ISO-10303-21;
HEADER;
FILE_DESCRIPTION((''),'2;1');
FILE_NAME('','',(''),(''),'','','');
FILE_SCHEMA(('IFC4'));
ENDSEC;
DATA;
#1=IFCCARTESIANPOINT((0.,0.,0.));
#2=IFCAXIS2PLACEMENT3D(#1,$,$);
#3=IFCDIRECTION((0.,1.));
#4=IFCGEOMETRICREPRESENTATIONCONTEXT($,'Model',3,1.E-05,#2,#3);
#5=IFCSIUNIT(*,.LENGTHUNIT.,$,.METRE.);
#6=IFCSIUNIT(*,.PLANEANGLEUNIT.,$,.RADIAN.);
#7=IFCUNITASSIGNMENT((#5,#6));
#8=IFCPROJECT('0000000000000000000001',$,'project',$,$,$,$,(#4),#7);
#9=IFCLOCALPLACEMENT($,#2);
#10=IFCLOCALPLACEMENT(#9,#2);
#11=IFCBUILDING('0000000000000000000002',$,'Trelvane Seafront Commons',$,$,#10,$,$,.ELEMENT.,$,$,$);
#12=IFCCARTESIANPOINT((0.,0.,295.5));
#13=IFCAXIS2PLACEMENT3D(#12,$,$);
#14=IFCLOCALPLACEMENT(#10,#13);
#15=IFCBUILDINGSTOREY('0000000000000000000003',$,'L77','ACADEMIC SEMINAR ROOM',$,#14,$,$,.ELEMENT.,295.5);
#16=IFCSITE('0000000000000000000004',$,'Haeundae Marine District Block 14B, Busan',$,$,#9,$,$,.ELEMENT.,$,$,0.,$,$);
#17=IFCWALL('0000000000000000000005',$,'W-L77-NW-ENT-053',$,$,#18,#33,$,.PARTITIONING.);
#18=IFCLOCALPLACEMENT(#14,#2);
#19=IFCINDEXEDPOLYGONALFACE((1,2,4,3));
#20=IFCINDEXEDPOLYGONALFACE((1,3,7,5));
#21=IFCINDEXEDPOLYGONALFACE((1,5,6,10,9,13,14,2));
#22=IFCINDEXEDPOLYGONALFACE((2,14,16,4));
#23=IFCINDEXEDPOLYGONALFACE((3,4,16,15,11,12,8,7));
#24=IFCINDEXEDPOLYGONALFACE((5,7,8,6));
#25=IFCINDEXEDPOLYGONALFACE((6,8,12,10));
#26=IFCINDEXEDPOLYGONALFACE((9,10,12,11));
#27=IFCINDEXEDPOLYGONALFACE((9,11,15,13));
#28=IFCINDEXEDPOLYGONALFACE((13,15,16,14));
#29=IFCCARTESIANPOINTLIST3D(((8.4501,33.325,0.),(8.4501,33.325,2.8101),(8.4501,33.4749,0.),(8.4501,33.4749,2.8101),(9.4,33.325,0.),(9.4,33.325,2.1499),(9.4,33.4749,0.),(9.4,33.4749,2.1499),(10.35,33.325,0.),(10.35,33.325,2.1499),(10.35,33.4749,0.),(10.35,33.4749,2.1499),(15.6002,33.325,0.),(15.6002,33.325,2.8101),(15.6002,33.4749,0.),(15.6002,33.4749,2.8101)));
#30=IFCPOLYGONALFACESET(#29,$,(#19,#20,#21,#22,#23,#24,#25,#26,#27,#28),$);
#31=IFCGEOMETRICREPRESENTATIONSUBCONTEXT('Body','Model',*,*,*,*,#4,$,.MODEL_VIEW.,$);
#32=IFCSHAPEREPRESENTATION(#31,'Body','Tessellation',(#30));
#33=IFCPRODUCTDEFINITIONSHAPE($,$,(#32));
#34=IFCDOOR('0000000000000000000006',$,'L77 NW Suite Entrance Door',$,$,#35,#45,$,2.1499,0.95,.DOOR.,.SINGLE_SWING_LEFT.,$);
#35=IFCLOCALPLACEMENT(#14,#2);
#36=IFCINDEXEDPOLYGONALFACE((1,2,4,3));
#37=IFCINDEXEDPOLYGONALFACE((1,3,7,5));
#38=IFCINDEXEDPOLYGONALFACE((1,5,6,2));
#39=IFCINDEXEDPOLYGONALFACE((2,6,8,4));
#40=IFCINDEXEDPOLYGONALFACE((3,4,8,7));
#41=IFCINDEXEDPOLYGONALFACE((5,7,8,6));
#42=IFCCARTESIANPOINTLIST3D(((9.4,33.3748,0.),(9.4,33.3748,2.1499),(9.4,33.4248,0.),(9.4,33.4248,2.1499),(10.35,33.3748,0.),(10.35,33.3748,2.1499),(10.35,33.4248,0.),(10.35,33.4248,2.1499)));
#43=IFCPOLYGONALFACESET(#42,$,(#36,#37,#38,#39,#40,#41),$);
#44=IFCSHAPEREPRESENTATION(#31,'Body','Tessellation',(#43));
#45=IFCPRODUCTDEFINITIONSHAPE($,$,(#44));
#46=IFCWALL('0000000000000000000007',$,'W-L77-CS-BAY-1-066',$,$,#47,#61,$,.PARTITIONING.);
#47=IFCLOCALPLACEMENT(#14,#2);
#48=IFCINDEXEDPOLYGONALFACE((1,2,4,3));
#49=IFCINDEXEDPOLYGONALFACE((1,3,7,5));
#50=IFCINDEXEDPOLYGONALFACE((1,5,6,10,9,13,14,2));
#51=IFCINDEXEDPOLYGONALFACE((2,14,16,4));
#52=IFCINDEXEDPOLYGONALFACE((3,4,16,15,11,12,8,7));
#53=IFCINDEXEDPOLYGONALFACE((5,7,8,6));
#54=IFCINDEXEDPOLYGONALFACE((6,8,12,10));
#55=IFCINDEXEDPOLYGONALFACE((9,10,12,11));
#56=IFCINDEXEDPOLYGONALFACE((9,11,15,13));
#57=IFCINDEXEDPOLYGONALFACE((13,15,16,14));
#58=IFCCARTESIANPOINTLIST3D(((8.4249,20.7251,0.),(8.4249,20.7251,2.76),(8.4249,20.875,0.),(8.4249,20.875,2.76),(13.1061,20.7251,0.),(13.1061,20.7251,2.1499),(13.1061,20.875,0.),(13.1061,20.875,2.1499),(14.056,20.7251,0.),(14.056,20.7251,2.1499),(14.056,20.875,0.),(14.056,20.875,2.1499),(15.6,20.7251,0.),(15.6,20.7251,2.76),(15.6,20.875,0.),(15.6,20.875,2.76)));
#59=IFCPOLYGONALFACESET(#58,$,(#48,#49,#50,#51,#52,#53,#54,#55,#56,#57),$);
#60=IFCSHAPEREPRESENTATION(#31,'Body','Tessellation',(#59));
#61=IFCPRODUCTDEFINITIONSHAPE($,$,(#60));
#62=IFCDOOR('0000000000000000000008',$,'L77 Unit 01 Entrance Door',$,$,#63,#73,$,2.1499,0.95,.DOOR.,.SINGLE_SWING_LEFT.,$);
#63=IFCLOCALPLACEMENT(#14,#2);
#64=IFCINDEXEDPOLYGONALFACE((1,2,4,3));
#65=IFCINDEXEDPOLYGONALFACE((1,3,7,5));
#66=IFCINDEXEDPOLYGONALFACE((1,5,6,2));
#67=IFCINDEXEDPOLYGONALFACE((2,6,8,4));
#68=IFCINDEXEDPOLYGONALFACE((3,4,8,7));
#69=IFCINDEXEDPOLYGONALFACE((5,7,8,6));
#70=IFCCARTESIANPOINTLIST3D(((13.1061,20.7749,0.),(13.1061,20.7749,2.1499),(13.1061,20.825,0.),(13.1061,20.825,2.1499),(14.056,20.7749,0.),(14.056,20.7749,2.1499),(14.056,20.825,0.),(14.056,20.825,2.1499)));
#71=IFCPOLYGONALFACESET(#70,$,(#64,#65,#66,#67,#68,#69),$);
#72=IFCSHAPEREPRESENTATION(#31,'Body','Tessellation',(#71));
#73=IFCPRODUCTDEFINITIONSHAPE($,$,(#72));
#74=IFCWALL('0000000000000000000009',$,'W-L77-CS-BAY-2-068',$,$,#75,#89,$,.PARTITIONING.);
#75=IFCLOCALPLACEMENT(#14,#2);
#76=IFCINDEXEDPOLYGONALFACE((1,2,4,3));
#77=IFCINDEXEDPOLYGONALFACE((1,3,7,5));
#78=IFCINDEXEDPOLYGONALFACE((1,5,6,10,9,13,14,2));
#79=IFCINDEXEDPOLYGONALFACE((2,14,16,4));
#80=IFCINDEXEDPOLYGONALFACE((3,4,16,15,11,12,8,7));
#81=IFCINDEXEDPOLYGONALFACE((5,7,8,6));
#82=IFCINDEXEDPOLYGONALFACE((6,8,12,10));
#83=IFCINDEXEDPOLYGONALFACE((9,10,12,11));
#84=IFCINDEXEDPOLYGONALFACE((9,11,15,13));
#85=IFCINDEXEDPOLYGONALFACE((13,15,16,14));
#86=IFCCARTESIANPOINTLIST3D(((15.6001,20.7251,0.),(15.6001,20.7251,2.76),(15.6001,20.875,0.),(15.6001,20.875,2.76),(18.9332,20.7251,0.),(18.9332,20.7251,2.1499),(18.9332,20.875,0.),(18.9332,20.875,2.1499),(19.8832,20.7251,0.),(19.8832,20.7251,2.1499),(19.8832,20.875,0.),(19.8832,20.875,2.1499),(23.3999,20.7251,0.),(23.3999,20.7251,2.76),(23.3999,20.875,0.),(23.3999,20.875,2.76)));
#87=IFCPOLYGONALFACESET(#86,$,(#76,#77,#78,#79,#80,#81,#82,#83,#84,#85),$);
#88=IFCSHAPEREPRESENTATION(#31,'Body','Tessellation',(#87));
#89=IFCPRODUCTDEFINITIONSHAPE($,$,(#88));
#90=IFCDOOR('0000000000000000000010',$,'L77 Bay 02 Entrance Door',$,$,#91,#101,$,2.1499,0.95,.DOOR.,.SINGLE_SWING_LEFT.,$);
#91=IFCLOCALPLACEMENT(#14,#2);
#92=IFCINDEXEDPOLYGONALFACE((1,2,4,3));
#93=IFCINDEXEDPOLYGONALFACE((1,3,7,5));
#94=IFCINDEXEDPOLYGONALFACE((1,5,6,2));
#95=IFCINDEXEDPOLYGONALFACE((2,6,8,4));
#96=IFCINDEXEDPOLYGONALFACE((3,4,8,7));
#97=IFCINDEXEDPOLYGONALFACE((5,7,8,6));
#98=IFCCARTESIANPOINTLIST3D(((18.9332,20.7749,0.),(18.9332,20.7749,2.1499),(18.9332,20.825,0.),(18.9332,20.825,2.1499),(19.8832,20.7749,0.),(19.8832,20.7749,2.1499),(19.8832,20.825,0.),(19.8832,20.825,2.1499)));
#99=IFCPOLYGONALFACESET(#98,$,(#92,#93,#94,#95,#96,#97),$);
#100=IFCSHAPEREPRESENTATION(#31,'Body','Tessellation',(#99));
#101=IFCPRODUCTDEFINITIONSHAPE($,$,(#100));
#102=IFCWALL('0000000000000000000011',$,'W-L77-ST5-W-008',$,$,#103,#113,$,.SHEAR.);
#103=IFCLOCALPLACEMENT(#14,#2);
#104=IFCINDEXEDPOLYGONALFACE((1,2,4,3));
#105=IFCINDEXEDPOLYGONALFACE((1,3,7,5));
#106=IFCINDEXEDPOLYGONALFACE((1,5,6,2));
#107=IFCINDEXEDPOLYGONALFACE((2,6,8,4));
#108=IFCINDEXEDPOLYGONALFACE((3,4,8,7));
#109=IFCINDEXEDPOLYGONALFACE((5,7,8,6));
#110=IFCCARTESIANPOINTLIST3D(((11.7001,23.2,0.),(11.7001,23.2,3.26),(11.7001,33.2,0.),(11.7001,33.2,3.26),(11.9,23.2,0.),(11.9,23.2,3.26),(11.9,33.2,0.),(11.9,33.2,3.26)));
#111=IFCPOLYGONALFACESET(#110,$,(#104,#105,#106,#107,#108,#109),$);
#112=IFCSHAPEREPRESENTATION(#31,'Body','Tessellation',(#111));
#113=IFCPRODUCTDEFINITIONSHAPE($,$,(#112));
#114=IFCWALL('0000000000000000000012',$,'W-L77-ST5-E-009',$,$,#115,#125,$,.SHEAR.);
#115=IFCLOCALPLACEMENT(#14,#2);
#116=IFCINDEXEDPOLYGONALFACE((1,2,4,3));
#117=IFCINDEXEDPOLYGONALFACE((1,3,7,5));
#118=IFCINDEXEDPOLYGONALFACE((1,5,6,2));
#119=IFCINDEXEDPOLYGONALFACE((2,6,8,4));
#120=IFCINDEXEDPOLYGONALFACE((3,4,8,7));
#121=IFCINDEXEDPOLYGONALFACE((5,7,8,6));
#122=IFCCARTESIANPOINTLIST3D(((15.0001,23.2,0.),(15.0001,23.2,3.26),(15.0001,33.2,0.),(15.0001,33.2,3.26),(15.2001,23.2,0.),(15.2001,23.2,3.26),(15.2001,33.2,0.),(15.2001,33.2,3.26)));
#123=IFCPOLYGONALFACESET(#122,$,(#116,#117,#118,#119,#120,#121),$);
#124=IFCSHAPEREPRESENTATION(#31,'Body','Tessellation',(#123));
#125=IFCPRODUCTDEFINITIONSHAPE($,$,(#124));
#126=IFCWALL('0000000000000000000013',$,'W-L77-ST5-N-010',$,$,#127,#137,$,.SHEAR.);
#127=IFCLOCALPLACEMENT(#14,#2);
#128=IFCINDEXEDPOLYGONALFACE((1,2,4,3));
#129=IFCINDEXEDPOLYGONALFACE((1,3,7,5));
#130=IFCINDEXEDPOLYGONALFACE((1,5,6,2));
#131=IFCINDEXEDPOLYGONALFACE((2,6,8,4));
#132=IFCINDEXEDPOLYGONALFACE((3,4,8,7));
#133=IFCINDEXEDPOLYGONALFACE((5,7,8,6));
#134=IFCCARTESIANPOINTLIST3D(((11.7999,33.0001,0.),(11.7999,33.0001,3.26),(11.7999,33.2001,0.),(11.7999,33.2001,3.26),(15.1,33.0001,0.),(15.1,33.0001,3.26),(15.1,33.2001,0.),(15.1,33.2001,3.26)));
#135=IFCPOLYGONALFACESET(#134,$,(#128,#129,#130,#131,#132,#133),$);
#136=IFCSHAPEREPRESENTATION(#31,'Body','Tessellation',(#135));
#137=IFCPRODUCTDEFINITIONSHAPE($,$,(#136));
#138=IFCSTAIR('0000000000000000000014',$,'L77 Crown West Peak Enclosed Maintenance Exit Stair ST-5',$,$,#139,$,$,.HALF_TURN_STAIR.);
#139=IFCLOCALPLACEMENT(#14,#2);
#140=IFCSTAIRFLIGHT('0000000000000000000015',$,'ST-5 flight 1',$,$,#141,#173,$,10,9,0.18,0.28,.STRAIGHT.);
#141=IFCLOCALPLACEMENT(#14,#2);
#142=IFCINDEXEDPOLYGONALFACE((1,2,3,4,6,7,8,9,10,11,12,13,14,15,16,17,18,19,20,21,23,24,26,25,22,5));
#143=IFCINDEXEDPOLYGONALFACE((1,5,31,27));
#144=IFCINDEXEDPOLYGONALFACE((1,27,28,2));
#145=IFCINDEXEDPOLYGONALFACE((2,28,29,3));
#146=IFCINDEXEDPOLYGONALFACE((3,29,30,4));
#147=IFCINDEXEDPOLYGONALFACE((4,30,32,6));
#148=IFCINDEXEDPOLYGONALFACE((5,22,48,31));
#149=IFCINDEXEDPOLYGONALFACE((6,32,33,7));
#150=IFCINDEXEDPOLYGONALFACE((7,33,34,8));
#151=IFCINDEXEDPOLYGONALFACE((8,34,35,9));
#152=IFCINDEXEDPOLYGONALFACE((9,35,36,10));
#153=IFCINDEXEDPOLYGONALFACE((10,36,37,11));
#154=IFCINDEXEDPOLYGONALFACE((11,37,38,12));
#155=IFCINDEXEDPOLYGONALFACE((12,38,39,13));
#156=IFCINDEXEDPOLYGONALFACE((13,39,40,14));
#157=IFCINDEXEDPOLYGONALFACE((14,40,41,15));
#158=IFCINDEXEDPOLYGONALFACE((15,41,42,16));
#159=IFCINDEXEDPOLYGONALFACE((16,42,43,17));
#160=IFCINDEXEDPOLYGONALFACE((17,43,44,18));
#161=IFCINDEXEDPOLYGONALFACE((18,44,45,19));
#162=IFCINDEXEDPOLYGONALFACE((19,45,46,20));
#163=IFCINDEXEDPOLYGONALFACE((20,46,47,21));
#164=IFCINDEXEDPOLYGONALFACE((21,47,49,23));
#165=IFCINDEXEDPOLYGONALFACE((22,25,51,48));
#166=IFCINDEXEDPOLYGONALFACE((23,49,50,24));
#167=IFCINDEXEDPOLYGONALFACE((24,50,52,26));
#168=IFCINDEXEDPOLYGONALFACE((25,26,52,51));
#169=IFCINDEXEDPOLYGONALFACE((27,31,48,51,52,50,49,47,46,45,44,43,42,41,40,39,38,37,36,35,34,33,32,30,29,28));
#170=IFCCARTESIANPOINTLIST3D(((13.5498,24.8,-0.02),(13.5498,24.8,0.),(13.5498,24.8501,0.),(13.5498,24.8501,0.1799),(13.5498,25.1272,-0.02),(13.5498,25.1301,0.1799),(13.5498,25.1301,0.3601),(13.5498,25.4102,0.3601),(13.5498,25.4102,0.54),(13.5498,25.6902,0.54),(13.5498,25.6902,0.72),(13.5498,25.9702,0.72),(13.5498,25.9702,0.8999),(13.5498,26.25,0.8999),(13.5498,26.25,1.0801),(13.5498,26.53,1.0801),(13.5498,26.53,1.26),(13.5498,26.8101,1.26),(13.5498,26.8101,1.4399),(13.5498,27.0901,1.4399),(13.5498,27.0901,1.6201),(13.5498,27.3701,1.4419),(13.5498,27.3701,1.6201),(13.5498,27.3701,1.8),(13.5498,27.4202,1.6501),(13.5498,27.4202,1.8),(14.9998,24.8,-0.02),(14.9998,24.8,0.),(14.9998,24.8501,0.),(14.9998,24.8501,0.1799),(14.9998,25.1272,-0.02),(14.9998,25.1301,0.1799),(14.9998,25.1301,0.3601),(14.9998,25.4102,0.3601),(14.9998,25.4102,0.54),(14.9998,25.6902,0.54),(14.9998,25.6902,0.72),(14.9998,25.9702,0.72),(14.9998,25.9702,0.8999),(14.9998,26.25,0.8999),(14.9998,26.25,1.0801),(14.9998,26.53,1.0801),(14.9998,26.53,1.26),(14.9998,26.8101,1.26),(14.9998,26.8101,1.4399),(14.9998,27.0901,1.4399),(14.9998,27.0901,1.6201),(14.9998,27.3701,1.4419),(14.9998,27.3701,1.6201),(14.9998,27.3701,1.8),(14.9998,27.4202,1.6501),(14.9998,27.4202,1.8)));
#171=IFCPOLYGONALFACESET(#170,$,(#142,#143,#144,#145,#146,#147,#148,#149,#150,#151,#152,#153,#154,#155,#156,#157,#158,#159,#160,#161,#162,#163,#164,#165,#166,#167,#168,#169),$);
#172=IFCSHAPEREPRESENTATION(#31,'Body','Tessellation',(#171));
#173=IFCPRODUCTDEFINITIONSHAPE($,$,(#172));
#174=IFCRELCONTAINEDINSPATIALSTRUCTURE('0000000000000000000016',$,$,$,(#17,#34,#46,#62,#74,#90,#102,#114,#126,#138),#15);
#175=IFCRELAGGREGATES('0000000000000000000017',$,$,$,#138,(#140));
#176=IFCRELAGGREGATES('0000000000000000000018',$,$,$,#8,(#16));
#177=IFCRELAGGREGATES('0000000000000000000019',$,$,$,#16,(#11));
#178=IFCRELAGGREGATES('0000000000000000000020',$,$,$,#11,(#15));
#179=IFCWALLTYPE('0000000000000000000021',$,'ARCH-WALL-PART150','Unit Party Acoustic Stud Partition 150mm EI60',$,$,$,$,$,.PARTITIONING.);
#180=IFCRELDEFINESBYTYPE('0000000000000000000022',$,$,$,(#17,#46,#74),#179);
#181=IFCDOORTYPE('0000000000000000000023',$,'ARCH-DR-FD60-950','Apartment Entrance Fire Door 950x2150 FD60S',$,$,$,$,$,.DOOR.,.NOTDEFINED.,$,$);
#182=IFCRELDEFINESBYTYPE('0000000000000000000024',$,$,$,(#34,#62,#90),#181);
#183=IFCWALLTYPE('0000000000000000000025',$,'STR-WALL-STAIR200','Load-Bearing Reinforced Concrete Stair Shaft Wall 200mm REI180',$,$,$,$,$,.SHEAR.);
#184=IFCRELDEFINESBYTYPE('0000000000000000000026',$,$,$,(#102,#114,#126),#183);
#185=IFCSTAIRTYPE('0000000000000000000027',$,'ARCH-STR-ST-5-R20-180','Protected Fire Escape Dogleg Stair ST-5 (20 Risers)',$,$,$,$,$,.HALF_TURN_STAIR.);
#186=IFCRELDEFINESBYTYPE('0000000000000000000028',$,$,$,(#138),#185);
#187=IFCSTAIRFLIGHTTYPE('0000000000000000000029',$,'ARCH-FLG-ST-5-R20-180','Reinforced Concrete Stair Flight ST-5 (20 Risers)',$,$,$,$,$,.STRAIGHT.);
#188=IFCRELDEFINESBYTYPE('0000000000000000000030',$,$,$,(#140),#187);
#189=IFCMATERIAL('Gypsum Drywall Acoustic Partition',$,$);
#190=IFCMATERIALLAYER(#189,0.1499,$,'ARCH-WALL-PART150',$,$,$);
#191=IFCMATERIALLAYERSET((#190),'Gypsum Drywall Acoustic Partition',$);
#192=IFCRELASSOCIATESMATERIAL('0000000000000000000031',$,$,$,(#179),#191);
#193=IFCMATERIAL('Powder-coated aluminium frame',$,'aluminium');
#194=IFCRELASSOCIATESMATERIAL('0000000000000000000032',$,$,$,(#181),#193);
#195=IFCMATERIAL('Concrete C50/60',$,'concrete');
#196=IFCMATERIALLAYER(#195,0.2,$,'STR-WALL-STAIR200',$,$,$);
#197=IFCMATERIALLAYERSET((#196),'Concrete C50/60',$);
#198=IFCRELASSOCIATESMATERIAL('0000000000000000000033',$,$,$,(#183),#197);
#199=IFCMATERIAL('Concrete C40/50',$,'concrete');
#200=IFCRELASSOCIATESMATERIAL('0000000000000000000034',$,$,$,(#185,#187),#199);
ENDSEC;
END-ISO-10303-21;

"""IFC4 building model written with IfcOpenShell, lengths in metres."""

from ifc_helpers import new_model, si_unit, direction, frame, frame_2d, origin, place, context, subcontext, project, spatial, polyline, rectangle, outline, extrude, source, transform, mapped, material, layer, layer_set, type_object, element, fill, aggregate, save


model = new_model("IFC4")

# Units and contexts
model_context = context("Model", 3, precision=1e-05, world=origin(), true_north=direction((0.0, 1.0)))
body_context = subcontext(model_context, "Body", "Model", "MODEL_VIEW")
ifc_project = project(units=[si_unit("LENGTHUNIT", "METRE"), si_unit("PLANEANGLEUNIT", "RADIAN")], contexts=[model_context])

# Site, building, storey
site_placement = place(None, origin())
site = spatial("IfcSite", under=ifc_project, at=site_placement, Name="Haeundae Marine District Block 14B, Busan", CompositionType="ELEMENT", RefElevation=0.0)
building_placement = place(site_placement, origin())
building = spatial("IfcBuilding", under=site, at=building_placement, Name="Trelvane Seafront Commons", CompositionType="ELEMENT")
storey_placement = place(building_placement, frame((0.0, 0.0, 295.5)))
storey = spatial("IfcBuildingStorey", under=building, at=storey_placement, Name="L77", Description="ACADEMIC SEMINAR ROOM", CompositionType="ELEMENT", Elevation=295.5)

# Shared definitions
ifc_material_1 = material(Name="Concrete C50/60", Category="concrete")

# Walls, openings, doors
ifc_material_2 = material(Name="Gypsum Drywall Acoustic Partition")
ifc_layer_1 = layer(ifc_material_2, 0.1499, Name="ARCH-WALL-PART150")
ifc_layer_set_1 = layer_set([ifc_layer_1], Name="Gypsum Drywall Acoustic Partition")
wall_type_1 = type_object("IfcWallType", Name="ARCH-WALL-PART150", Description="Unit Party Acoustic Stud Partition 150mm EI60", PredefinedType="PARTITIONING", material=ifc_layer_set_1)
shared_shape_1 = source(origin(), body_context, "Body", "SweptSolid", [
    extrude(rectangle(XDim=0.95, YDim=2.1499, at=frame_2d((0.4751, 1.075))), frame((0.0, 0.0249, 0.0), z_axis=(0.0, -1.0, 0.0), x_axis=(1.0, 0.0, 0.0)), (0.0, 0.0, 1.0), 0.05),
])
wall_1_placement = place(storey_placement, frame((8.45, 33.3999, 0.0), z_axis=(0.0, 0.0, 1.0), x_axis=(1.0, 0.0, 0.0)))
wall_1 = element("IfcWall", 1, at=wall_1_placement, inside=storey, type_object=wall_type_1, Name="W-L77-NW-ENT-053", PredefinedType="PARTITIONING", context=body_context, shape_type="SweptSolid", body=[
    extrude(rectangle(XDim=7.1501, YDim=0.1499, at=frame_2d((3.5752, 0.0))), origin(), (0.0, 0.0, 1.0), 2.8101),
])
opening_1_placement = place(wall_1_placement, frame((0.95, 0.0, 0.0)))
opening_1 = element("IfcOpeningElement", 2, at=opening_1_placement, cuts=wall_1, PredefinedType="OPENING", context=body_context, shape_type="SweptSolid", body=[
    extrude(rectangle(XDim=0.95, YDim=2.1499, at=frame_2d((0.4751, 1.075))), frame((0.0, 0.085, 0.0), z_axis=(0.0, -1.0, 0.0), x_axis=(1.0, 0.0, 0.0)), (0.0, 0.0, 1.0), 0.1699),
])
ifc_material_3 = material(Name="Powder-coated aluminium frame", Category="aluminium")
door_type_1 = type_object("IfcDoorType", Name="ARCH-DR-FD60-950", Description="Apartment Entrance Fire Door 950x2150 FD60S", OperationType="NOTDEFINED", PredefinedType="DOOR", material=ifc_material_3)
door_1_placement = place(opening_1_placement, origin())
door_1 = element("IfcDoor", 3, at=door_1_placement, inside=storey, type_object=door_type_1, Name="L77 NW Suite Entrance Door", OperationType="SINGLE_SWING_LEFT", OverallHeight=2.1499, OverallWidth=0.95, PredefinedType="DOOR", context=body_context, shape_type="MappedRepresentation", body=[
    mapped(shared_shape_1, transform((0.0, 0.0, 0.0), x_axis=(1.0, 0.0, 0.0), y_axis=(0.0, 1.0, 0.0), z_axis=(0.0, 0.0, 1.0), scale=1.0)),
])
fill(opening_1, door_1)
wall_2_placement = place(storey_placement, frame((8.425, 20.8, 0.0), z_axis=(0.0, 0.0, 1.0), x_axis=(1.0, 0.0, 0.0)))
wall_2 = element("IfcWall", 4, at=wall_2_placement, inside=storey, type_object=wall_type_1, Name="W-L77-CS-BAY-1-066", PredefinedType="PARTITIONING", context=body_context, shape_type="SweptSolid", body=[
    extrude(rectangle(XDim=7.175, YDim=0.1499, at=frame_2d((3.5874, 0.0))), origin(), (0.0, 0.0, 1.0), 2.76),
])
opening_2_placement = place(wall_2_placement, frame((4.6809, 0.0, 0.0)))
opening_2 = element("IfcOpeningElement", 5, at=opening_2_placement, cuts=wall_2, PredefinedType="OPENING", context=body_context, shape_type="SweptSolid", body=[
    extrude(rectangle(XDim=0.95, YDim=2.1499, at=frame_2d((0.4751, 1.075))), frame((0.0, 0.085, 0.0), z_axis=(0.0, -1.0, 0.0), x_axis=(1.0, 0.0, 0.0)), (0.0, 0.0, 1.0), 0.1699),
])
door_2_placement = place(opening_2_placement, origin())
door_2 = element("IfcDoor", 6, at=door_2_placement, inside=storey, type_object=door_type_1, Name="L77 Unit 01 Entrance Door", OperationType="SINGLE_SWING_LEFT", OverallHeight=2.1499, OverallWidth=0.95, PredefinedType="DOOR", context=body_context, shape_type="MappedRepresentation", body=[
    mapped(shared_shape_1, transform((0.0, 0.0, 0.0), x_axis=(1.0, 0.0, 0.0), y_axis=(0.0, 1.0, 0.0), z_axis=(0.0, 0.0, 1.0), scale=1.0)),
])
fill(opening_2, door_2)
wall_3_placement = place(storey_placement, frame((15.6001, 20.8, 0.0), z_axis=(0.0, 0.0, 1.0), x_axis=(1.0, 0.0, 0.0)))
wall_3 = element("IfcWall", 7, at=wall_3_placement, inside=storey, type_object=wall_type_1, Name="W-L77-CS-BAY-2-068", PredefinedType="PARTITIONING", context=body_context, shape_type="SweptSolid", body=[
    extrude(rectangle(XDim=7.7998, YDim=0.1499, at=frame_2d((3.8999, 0.0))), origin(), (0.0, 0.0, 1.0), 2.76),
])
opening_3_placement = place(wall_3_placement, frame((3.333, 0.0, 0.0)))
opening_3 = element("IfcOpeningElement", 8, at=opening_3_placement, cuts=wall_3, PredefinedType="OPENING", context=body_context, shape_type="SweptSolid", body=[
    extrude(rectangle(XDim=0.95, YDim=2.1499, at=frame_2d((0.4751, 1.075))), frame((0.0, 0.085, 0.0), z_axis=(0.0, -1.0, 0.0), x_axis=(1.0, 0.0, 0.0)), (0.0, 0.0, 1.0), 0.1699),
])
door_3_placement = place(opening_3_placement, origin())
door_3 = element("IfcDoor", 9, at=door_3_placement, inside=storey, type_object=door_type_1, Name="L77 Bay 02 Entrance Door", OperationType="SINGLE_SWING_LEFT", OverallHeight=2.1499, OverallWidth=0.95, PredefinedType="DOOR", context=body_context, shape_type="MappedRepresentation", body=[
    mapped(shared_shape_1, transform((0.0, 0.0, 0.0), x_axis=(1.0, 0.0, 0.0), y_axis=(0.0, 1.0, 0.0), z_axis=(0.0, 0.0, 1.0), scale=1.0)),
])
fill(opening_3, door_3)

# Walls
ifc_layer_2 = layer(ifc_material_1, 0.2, Name="STR-WALL-STAIR200")
ifc_layer_set_2 = layer_set([ifc_layer_2], Name="Concrete C50/60")
wall_type_2 = type_object("IfcWallType", Name="STR-WALL-STAIR200", Description="Load-Bearing Reinforced Concrete Stair Shaft Wall 200mm REI180", PredefinedType="SHEAR", material=ifc_layer_set_2)
for number, where, z_axis, x_axis, name in (
    (10, (11.8, 23.2, 0.0), (0.0, 0.0, 1.0), (0.0, 1.0, 0.0), "W-L77-ST5-W-008"),
    (11, (15.1001, 23.2, 0.0), (0.0, 0.0, 1.0), (0.0, 1.0, 0.0), "W-L77-ST5-E-009"),
):
    element("IfcWall", number, at=place(storey_placement, frame(where, z_axis=z_axis, x_axis=x_axis)), inside=storey, type_object=wall_type_2, Name=name, PredefinedType="SHEAR", context=body_context, shape_type="SweptSolid", body=[
        extrude(rectangle(XDim=10.0, YDim=0.2, at=frame_2d((5.0, 0.0))), origin(), (0.0, 0.0, 1.0), 3.26),
    ])
wall_4_placement = place(storey_placement, frame((11.8, 33.1001, 0.0), z_axis=(0.0, 0.0, 1.0), x_axis=(1.0, 0.0, 0.0)))
element("IfcWall", 12, at=wall_4_placement, inside=storey, type_object=wall_type_2, Name="W-L77-ST5-N-010", PredefinedType="SHEAR", context=body_context, shape_type="SweptSolid", body=[
    extrude(rectangle(XDim=3.3, YDim=0.2, at=frame_2d((1.6499, 0.0))), origin(), (0.0, 0.0, 1.0), 3.26),
])

# Stair, stair flight
ifc_material_4 = material(Name="Concrete C40/50", Category="concrete")
stair_type = type_object("IfcStairType", Name="ARCH-STR-ST-5-R20-180", Description="Protected Fire Escape Dogleg Stair ST-5 (20 Risers)", PredefinedType="HALF_TURN_STAIR", material=ifc_material_4)
stair_placement = place(storey_placement, origin())
stair = element("IfcStair", 13, at=stair_placement, inside=storey, type_object=stair_type, Name="L77 Crown West Peak Enclosed Maintenance Exit Stair ST-5", PredefinedType="HALF_TURN_STAIR")
stair_flight_type = type_object("IfcStairFlightType", Name="ARCH-FLG-ST-5-R20-180", Description="Reinforced Concrete Stair Flight ST-5 (20 Risers)", PredefinedType="STRAIGHT", material=ifc_material_4)
shared_shape_2 = source(origin(), body_context, "Body", "SweptSolid", [
    extrude(outline(polyline([(-0.05, -0.02), (-0.05, 0.0), (0.0, 0.0), (0.0, 0.1799), (0.28, 0.1799), (0.28, 0.3601), (0.5601, 0.3601), (0.5601, 0.54), (0.8401, 0.54), (0.8401, 0.72), (1.1201, 0.72), (1.1201, 0.8999), (1.3999, 0.8999), (1.3999, 1.0801), (1.6799, 1.0801), (1.6799, 1.26), (1.96, 1.26), (1.96, 1.4399), (2.24, 1.4399), (2.24, 1.6201), (2.52, 1.6201), (2.52, 1.8), (2.5701, 1.8), (2.5701, 1.6501), (2.52, 1.4419), (0.2771, -0.02), (-0.05, -0.02)])), frame((0.0, 0.7251, 0.0), z_axis=(0.0, -1.0, 0.0), x_axis=(1.0, 0.0, 0.0)), (0.0, 0.0, 1.0), 1.45),
])
stair_flight_1_placement = place(storey_placement, frame((14.2749, 24.8501, 0.0), z_axis=(0.0, 0.0, 1.0), x_axis=(0.0, 1.0, 0.0)))
stair_flight_1 = element("IfcStairFlight", 14, at=stair_flight_1_placement, type_object=stair_flight_type, Name="ST-5 flight 1", NumberOfRisers=10, NumberOfTreads=9, PredefinedType="STRAIGHT", RiserHeight=0.18, TreadLength=0.28, context=body_context, shape_type="MappedRepresentation", body=[
    mapped(shared_shape_2, transform((0.0, 0.0, 0.0), x_axis=(1.0, 0.0, 0.0), y_axis=(0.0, 1.0, 0.0), z_axis=(0.0, 0.0, 1.0), scale=1.0)),
])
aggregate(stair, [stair_flight_1])

save(model, "model.ifc")
